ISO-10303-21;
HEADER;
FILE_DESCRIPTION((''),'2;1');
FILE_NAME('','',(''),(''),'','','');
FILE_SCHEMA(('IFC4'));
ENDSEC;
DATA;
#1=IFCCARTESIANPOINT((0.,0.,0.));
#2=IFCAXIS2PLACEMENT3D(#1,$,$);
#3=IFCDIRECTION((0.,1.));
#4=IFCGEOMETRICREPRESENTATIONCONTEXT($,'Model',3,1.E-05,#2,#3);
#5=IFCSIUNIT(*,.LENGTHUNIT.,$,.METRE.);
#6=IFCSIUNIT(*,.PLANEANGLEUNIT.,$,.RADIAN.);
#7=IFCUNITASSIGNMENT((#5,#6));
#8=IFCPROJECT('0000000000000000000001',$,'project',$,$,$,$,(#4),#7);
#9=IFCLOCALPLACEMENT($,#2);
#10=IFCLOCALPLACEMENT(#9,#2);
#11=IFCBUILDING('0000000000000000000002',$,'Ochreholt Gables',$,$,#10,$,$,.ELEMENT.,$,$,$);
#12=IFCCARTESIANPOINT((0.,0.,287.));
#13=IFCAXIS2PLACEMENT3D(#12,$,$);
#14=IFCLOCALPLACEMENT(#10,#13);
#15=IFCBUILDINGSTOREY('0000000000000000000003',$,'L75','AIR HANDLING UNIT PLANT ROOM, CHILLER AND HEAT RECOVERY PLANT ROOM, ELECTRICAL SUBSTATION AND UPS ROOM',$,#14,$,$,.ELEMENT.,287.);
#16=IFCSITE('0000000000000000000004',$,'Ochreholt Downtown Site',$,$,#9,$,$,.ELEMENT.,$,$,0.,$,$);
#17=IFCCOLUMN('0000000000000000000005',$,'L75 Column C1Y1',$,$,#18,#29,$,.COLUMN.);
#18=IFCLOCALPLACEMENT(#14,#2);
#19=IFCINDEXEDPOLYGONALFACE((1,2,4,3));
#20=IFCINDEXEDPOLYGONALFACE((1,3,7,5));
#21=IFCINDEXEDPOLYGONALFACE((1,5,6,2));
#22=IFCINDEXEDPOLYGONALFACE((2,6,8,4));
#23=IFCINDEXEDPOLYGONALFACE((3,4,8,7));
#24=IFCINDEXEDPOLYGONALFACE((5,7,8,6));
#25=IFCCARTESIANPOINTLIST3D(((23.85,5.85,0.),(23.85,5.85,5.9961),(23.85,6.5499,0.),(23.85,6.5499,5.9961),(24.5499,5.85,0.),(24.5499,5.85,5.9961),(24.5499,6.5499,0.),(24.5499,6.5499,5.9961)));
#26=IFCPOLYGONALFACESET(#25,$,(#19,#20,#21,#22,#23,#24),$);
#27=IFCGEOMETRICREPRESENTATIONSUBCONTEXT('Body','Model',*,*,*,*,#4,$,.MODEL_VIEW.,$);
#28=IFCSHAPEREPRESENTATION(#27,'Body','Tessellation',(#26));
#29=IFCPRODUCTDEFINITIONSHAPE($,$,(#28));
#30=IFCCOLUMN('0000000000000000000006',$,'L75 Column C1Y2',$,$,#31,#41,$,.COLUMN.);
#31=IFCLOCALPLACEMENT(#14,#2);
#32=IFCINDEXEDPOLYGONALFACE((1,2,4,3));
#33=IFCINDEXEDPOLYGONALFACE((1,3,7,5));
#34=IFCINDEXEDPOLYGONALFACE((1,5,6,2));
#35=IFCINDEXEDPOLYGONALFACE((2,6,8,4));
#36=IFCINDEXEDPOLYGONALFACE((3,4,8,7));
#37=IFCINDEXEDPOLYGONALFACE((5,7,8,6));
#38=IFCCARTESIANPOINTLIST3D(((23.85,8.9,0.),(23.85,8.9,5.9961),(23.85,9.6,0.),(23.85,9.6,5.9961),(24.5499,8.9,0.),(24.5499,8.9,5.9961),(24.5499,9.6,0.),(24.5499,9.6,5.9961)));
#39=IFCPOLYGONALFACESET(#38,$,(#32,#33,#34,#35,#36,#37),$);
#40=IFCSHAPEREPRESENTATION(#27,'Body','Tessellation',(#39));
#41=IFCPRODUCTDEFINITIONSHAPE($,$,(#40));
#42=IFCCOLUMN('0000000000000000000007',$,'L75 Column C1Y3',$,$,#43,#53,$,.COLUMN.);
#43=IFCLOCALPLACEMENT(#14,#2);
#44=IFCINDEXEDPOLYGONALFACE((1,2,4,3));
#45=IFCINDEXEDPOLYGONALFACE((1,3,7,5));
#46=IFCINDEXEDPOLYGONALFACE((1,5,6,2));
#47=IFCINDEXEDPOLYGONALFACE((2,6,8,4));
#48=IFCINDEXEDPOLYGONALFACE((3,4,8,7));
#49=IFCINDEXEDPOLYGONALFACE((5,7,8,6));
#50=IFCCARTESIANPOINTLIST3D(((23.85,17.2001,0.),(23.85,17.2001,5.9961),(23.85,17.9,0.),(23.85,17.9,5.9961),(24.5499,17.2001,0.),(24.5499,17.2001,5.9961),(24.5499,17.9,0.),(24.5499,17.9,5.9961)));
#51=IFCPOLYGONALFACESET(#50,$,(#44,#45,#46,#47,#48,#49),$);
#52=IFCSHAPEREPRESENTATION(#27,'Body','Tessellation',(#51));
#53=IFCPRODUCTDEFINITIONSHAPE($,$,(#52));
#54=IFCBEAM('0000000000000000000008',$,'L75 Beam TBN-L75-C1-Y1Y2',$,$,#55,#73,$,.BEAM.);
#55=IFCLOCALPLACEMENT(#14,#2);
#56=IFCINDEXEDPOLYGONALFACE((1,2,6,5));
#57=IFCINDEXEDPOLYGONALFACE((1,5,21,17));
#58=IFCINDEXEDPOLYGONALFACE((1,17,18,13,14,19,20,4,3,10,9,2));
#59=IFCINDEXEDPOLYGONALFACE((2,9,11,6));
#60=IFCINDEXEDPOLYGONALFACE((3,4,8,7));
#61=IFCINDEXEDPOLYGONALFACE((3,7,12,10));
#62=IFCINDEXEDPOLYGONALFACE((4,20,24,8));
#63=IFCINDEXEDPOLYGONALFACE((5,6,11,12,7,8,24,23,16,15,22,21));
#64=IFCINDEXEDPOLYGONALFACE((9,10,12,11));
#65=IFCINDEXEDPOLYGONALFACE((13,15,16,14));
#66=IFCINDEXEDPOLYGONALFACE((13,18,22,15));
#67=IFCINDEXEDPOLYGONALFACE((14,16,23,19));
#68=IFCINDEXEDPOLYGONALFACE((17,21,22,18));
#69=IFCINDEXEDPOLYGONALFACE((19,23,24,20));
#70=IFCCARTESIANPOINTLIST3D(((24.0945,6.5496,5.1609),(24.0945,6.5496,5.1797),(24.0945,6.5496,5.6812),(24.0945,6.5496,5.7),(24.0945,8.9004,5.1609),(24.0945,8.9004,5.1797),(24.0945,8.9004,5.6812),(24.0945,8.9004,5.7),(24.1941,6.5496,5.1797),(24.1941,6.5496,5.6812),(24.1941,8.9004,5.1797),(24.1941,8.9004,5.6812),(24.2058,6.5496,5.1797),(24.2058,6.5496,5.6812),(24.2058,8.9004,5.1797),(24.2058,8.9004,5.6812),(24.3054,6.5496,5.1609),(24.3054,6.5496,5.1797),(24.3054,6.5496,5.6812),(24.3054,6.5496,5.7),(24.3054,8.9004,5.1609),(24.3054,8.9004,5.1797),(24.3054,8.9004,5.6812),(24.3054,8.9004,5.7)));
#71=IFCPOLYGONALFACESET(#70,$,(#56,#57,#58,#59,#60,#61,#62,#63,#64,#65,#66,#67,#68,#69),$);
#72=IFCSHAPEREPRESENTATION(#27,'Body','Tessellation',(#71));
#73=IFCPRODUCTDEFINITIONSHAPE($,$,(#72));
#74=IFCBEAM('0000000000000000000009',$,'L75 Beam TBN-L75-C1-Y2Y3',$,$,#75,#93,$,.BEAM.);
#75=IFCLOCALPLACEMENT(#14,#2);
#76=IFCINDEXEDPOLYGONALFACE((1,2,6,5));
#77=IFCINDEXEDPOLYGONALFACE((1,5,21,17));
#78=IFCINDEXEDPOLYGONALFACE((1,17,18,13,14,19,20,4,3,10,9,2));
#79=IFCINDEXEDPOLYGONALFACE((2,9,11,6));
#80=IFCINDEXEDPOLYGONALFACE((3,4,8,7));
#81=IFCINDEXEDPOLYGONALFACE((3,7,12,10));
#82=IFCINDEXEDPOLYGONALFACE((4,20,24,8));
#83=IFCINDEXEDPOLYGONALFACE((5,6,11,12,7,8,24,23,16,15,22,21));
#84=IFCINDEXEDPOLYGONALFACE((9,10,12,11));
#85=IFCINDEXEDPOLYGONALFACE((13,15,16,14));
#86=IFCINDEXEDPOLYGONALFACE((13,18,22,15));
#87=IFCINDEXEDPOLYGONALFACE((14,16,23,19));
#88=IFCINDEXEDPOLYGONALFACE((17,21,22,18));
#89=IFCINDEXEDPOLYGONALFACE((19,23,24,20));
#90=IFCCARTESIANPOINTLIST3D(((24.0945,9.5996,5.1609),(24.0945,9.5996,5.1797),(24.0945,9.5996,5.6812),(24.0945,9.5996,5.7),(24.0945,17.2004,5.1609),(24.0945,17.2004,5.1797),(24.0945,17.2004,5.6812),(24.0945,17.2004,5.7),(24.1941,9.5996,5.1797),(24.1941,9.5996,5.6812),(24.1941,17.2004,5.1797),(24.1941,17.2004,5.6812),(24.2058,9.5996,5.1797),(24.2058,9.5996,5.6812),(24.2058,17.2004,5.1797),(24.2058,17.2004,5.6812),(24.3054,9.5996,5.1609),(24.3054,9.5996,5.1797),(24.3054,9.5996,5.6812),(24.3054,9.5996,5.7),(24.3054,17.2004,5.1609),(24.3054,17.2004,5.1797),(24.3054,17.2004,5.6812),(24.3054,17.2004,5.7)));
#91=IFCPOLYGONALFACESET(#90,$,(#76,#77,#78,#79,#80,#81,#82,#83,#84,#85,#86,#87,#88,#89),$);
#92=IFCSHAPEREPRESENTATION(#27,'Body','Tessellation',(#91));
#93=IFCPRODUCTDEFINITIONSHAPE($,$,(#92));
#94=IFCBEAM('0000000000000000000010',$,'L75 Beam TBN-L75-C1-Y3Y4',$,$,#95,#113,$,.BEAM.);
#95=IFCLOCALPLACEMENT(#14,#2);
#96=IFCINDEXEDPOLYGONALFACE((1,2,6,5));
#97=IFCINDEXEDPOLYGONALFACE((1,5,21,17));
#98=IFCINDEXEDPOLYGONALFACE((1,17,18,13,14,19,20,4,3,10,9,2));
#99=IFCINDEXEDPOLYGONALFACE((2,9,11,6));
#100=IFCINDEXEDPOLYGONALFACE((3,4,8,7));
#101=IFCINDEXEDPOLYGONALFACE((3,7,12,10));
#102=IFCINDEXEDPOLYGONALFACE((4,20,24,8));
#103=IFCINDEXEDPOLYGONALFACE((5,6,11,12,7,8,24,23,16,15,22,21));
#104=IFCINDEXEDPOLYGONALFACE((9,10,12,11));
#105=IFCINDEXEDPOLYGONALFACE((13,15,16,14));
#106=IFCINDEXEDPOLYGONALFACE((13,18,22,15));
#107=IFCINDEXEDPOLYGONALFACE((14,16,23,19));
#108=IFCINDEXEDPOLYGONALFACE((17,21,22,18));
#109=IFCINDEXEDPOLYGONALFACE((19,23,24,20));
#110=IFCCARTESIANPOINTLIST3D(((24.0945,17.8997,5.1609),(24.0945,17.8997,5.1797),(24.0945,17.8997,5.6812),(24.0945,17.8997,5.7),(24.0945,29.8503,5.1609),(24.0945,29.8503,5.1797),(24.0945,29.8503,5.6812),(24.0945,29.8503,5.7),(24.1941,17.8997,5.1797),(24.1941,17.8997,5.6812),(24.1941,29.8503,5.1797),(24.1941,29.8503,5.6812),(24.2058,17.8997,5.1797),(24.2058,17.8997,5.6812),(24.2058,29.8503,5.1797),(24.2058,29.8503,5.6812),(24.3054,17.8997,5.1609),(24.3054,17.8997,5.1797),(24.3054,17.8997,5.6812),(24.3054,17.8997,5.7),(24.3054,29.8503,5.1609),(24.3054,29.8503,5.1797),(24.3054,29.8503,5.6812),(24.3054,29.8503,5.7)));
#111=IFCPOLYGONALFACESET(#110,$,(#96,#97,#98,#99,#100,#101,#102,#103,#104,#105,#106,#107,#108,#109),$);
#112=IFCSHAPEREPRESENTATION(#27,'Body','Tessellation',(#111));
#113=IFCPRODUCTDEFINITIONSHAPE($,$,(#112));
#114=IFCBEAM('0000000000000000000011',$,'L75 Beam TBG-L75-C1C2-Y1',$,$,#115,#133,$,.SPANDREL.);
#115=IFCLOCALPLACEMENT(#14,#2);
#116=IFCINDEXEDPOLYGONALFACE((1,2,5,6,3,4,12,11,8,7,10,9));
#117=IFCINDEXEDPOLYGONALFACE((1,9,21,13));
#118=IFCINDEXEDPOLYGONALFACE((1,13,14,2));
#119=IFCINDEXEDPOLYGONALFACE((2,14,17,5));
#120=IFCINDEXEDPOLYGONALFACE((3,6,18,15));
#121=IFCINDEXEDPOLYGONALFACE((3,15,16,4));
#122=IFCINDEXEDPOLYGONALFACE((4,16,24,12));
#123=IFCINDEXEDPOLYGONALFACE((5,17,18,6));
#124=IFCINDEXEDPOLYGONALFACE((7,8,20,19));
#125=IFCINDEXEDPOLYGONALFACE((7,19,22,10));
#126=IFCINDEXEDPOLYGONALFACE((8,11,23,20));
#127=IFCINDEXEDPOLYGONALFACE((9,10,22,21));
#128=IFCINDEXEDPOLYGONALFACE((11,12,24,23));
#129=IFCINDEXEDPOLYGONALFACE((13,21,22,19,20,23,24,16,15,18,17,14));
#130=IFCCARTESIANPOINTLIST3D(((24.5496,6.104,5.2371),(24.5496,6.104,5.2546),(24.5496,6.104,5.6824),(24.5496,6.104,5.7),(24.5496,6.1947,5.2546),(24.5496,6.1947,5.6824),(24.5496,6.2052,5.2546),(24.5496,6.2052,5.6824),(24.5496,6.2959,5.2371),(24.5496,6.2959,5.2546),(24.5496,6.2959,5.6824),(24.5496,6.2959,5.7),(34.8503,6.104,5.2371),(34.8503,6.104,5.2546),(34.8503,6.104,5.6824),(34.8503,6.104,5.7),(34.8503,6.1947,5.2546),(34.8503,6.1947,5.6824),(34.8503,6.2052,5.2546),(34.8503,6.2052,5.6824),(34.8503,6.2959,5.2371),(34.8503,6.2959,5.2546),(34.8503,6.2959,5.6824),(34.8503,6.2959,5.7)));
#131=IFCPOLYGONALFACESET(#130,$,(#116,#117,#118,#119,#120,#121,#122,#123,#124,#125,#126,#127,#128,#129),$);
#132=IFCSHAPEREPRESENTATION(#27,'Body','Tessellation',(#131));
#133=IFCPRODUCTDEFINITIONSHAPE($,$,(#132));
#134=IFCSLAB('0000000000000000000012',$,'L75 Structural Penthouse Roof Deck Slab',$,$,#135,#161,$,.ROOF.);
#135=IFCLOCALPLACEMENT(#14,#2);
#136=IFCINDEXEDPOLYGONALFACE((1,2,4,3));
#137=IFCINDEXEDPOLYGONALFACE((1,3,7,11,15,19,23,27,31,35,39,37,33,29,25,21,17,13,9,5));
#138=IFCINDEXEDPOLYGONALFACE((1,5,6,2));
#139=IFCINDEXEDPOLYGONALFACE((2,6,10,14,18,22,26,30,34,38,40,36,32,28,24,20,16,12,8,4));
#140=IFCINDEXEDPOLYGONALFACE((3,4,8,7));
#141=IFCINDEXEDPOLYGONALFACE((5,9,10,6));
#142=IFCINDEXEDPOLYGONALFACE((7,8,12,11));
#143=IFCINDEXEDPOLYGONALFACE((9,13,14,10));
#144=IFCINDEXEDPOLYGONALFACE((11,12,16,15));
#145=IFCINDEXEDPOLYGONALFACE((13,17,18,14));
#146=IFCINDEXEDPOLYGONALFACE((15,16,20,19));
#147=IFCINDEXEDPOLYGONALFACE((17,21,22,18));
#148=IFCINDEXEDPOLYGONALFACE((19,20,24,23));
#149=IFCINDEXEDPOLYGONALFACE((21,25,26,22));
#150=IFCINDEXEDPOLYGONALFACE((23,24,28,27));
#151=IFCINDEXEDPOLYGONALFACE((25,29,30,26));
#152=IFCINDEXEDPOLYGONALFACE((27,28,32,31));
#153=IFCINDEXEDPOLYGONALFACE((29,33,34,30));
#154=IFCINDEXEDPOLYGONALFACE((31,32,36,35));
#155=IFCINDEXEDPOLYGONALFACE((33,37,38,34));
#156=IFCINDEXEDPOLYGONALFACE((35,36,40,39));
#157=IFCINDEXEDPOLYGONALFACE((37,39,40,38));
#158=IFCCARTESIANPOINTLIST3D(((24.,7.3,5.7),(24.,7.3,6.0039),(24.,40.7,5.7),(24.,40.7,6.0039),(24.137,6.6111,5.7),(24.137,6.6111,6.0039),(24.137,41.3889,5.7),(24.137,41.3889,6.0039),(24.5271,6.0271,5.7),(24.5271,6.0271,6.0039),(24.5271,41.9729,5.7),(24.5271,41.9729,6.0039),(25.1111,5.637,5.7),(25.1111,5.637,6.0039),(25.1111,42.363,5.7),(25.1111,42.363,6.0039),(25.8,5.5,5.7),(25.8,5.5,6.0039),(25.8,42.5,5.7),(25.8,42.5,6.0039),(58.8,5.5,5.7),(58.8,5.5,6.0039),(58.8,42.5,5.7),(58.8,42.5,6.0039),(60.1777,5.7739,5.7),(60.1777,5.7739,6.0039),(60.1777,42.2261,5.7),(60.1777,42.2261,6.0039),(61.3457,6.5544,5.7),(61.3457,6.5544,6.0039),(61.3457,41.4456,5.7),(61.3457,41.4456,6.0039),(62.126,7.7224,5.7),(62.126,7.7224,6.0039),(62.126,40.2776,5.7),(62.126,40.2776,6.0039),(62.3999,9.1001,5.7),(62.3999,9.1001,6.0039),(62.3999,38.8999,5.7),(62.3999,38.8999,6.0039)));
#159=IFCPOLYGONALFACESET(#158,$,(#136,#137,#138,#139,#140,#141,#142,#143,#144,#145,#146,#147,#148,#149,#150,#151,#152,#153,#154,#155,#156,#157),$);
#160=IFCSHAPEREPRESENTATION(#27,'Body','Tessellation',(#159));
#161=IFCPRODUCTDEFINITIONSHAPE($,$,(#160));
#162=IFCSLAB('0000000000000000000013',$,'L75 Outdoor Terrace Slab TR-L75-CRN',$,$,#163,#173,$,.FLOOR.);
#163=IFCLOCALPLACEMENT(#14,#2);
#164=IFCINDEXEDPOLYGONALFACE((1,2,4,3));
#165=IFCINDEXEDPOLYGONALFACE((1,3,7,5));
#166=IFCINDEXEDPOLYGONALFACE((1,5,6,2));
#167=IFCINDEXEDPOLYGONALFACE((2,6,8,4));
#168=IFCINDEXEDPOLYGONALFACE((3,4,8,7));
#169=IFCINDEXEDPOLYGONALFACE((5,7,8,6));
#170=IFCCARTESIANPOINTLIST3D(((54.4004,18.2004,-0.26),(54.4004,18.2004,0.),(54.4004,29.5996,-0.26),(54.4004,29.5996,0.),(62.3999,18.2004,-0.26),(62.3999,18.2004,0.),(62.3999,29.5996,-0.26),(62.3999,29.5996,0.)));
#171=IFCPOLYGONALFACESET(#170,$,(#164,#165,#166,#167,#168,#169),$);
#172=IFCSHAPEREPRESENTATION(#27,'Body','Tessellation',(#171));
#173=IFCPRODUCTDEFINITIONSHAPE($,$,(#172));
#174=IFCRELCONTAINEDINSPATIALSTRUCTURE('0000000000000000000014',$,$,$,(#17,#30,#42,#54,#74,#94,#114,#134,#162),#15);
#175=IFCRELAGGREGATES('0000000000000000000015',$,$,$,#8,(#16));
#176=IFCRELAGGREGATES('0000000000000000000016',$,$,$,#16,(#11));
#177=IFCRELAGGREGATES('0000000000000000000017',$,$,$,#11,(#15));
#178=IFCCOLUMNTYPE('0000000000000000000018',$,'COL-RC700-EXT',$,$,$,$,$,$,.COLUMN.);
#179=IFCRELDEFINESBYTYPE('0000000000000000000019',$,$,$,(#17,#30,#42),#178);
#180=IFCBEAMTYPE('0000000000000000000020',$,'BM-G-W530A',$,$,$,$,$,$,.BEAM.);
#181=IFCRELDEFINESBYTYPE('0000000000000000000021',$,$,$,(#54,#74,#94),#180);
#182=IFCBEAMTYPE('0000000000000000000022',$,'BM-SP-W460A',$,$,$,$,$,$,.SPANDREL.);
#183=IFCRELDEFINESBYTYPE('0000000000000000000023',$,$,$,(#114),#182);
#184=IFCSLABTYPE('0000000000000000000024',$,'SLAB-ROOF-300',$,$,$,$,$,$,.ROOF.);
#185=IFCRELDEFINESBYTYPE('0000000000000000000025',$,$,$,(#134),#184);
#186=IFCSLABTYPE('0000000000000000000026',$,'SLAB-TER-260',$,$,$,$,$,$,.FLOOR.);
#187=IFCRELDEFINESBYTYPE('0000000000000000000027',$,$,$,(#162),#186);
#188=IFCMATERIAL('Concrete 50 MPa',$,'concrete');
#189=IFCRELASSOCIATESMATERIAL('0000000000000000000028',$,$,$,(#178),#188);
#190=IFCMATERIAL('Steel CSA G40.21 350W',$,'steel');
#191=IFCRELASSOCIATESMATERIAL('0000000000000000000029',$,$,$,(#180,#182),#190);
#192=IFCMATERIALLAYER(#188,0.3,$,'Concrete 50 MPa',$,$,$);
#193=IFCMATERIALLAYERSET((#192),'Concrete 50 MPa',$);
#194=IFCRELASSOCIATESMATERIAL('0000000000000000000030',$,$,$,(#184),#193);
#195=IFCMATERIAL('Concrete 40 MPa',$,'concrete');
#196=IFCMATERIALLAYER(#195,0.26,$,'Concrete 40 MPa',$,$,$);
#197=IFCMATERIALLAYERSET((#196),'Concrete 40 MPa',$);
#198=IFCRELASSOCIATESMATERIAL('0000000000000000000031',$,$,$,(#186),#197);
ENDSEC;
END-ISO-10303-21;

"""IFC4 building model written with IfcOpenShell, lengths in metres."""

from ifc_helpers import new_model, si_unit, direction, frame, origin, origin_2d, place, context, subcontext, project, spatial, polyline, rectangle, i_section, outline, extrude, material, layer, layer_set, material_profile, profile_set, type_object, element, save


model = new_model("IFC4")

# Units and contexts
model_context = context("Model", 3, precision=1e-05, world=origin(), true_north=direction((0.0, 1.0)))
body_context = subcontext(model_context, "Body", "Model", "MODEL_VIEW")
ifc_project = project(units=[si_unit("LENGTHUNIT", "METRE"), si_unit("PLANEANGLEUNIT", "RADIAN")], contexts=[model_context])

# Site, building, storey
site_placement = place(None, origin())
site = spatial("IfcSite", under=ifc_project, at=site_placement, Name="Ochreholt Downtown Site", CompositionType="ELEMENT", RefElevation=0.0)
building_placement = place(site_placement, origin())
building = spatial("IfcBuilding", under=site, at=building_placement, Name="Ochreholt Gables", CompositionType="ELEMENT")
storey_placement = place(building_placement, frame((0.0, 0.0, 287.0)))
storey = spatial("IfcBuildingStorey", under=building, at=storey_placement, Name="L75", Description="AIR HANDLING UNIT PLANT ROOM, CHILLER AND HEAT RECOVERY PLANT ROOM, ELECTRICAL SUBSTATION AND UPS ROOM", CompositionType="ELEMENT", Elevation=287.0)

# Columns
ifc_material_1 = material(Name="Concrete 50 MPa", Category="concrete")
ifc_material_profile_1 = material_profile(ifc_material_1, rectangle(XDim=0.7, YDim=0.7, at=origin_2d()), Name="RC700X700")
ifc_profile_set_1 = profile_set([ifc_material_profile_1], Name="Concrete 50 MPa")
column_type = type_object("IfcColumnType", Name="COL-RC700-EXT", PredefinedType="COLUMN", material=ifc_profile_set_1)
for number, where, z_axis, x_axis, name in (
    (1, (24.2, 6.2, 0.0), (0.0, 0.0, 1.0), (1.0, 0.0, 0.0), "L75 Column C1Y1"),
    (2, (24.2, 9.25, 0.0), (0.0, 0.0, 1.0), (1.0, 0.0, 0.0), "L75 Column C1Y2"),
    (3, (24.2, 17.55, 0.0), (0.0, 0.0, 1.0), (1.0, 0.0, 0.0), "L75 Column C1Y3"),
):
    element("IfcColumn", number, at=place(storey_placement, frame(where, z_axis=z_axis, x_axis=x_axis)), inside=storey, type_object=column_type, Name=name, PredefinedType="COLUMN", context=body_context, shape_type="SweptSolid", body=[
        extrude(rectangle(XDim=0.7, YDim=0.7, at=origin_2d()), origin(), (0.0, 0.0, 1.0), 5.9961),
    ])

# Beams
ifc_material_2 = material(Name="Steel CSA G40.21 350W", Category="steel")
ifc_material_profile_2 = material_profile(ifc_material_2, i_section(OverallWidth=0.2109, OverallDepth=0.5391, WebThickness=0.0117, FlangeThickness=0.0188, at=origin_2d()), Name="W530X109")
ifc_profile_set_2 = profile_set([ifc_material_profile_2], Name="Steel CSA G40.21 350W")
beam_type_1 = type_object("IfcBeamType", Name="BM-G-W530A", PredefinedType="BEAM", material=ifc_profile_set_2)
beam_1_placement = place(storey_placement, frame((24.2, 6.5496, 5.4304), z_axis=(0.0, 1.0, 0.0), x_axis=(-1.0, 0.0, 0.0)))
element("IfcBeam", 4, at=beam_1_placement, inside=storey, type_object=beam_type_1, Name="L75 Beam TBN-L75-C1-Y1Y2", PredefinedType="BEAM", context=body_context, shape_type="SweptSolid", body=[
    extrude(i_section(OverallWidth=0.2109, OverallDepth=0.5391, WebThickness=0.0117, FlangeThickness=0.0188, at=origin_2d()), origin(), (0.0, 0.0, 1.0), 2.3508),
])
beam_2_placement = place(storey_placement, frame((24.2, 9.5996, 5.4304), z_axis=(0.0, 1.0, 0.0), x_axis=(-1.0, 0.0, 0.0)))
element("IfcBeam", 5, at=beam_2_placement, inside=storey, type_object=beam_type_1, Name="L75 Beam TBN-L75-C1-Y2Y3", PredefinedType="BEAM", context=body_context, shape_type="SweptSolid", body=[
    extrude(i_section(OverallWidth=0.2109, OverallDepth=0.5391, WebThickness=0.0117, FlangeThickness=0.0188, at=origin_2d()), origin(), (0.0, 0.0, 1.0), 7.6008),
])
beam_3_placement = place(storey_placement, frame((24.2, 17.8997, 5.4304), z_axis=(0.0, 1.0, 0.0), x_axis=(-1.0, 0.0, 0.0)))
element("IfcBeam", 6, at=beam_3_placement, inside=storey, type_object=beam_type_1, Name="L75 Beam TBN-L75-C1-Y3Y4", PredefinedType="BEAM", context=body_context, shape_type="SweptSolid", body=[
    extrude(i_section(OverallWidth=0.2109, OverallDepth=0.5391, WebThickness=0.0117, FlangeThickness=0.0188, at=origin_2d()), origin(), (0.0, 0.0, 1.0), 11.9507),
])
ifc_material_profile_3 = material_profile(ifc_material_2, i_section(OverallWidth=0.1919, OverallDepth=0.4629, WebThickness=0.0105, FlangeThickness=0.0176, at=origin_2d()), Name="W460X89")
ifc_profile_set_3 = profile_set([ifc_material_profile_3], Name="Steel CSA G40.21 350W")
beam_type_2 = type_object("IfcBeamType", Name="BM-SP-W460A", PredefinedType="SPANDREL", material=ifc_profile_set_3)
beam_4_placement = place(storey_placement, frame((24.5496, 6.2, 5.4685), z_axis=(1.0, 0.0, 0.0), x_axis=(0.0, 1.0, 0.0)))
element("IfcBeam", 7, at=beam_4_placement, inside=storey, type_object=beam_type_2, Name="L75 Beam TBG-L75-C1C2-Y1", PredefinedType="SPANDREL", context=body_context, shape_type="SweptSolid", body=[
    extrude(i_section(OverallWidth=0.1919, OverallDepth=0.4629, WebThickness=0.0105, FlangeThickness=0.0176, at=origin_2d()), origin(), (0.0, 0.0, 1.0), 10.3008),
])

# Slabs
ifc_layer_1 = layer(ifc_material_1, 0.3, Name="Concrete 50 MPa")
ifc_layer_set_1 = layer_set([ifc_layer_1], Name="Concrete 50 MPa")
slab_type_1 = type_object("IfcSlabType", Name="SLAB-ROOF-300", PredefinedType="ROOF", material=ifc_layer_set_1)
slab_1_placement = place(storey_placement, frame((0.0, 0.0, 5.7)))
element("IfcSlab", 8, at=slab_1_placement, inside=storey, type_object=slab_type_1, Name="L75 Structural Penthouse Roof Deck Slab", PredefinedType="ROOF", context=body_context, shape_type="SweptSolid", body=[
    extrude(outline(polyline([(24.0, 7.3), (24.137, 6.6111), (24.5271, 6.0271), (25.1111, 5.637), (25.8, 5.5), (58.8, 5.5), (60.1777, 5.7739), (61.3457, 6.5544), (62.126, 7.7224), (62.3999, 9.1001), (62.3999, 38.8999), (62.126, 40.2776), (61.3457, 41.4456), (60.1777, 42.2261), (58.8, 42.5), (25.8, 42.5), (25.1111, 42.363), (24.5271, 41.9729), (24.137, 41.3889), (24.0, 40.7), (24.0, 7.3)])), origin(), (0.0, 0.0, 1.0), 0.304),
])
ifc_material_3 = material(Name="Concrete 40 MPa", Category="concrete")
ifc_layer_2 = layer(ifc_material_3, 0.26, Name="Concrete 40 MPa")
ifc_layer_set_2 = layer_set([ifc_layer_2], Name="Concrete 40 MPa")
slab_type_2 = type_object("IfcSlabType", Name="SLAB-TER-260", PredefinedType="FLOOR", material=ifc_layer_set_2)
slab_2_placement = place(storey_placement, frame((0.0, 0.0, -0.26)))
element("IfcSlab", 9, at=slab_2_placement, inside=storey, type_object=slab_type_2, Name="L75 Outdoor Terrace Slab TR-L75-CRN", PredefinedType="FLOOR", context=body_context, shape_type="SweptSolid", body=[
    extrude(outline(polyline([(54.4004, 18.2004), (62.3999, 18.2004), (62.3999, 29.5996), (54.4004, 29.5996), (54.4004, 18.2004)])), origin(), (0.0, 0.0, 1.0), 0.26),
])

save(model, "model.ifc")
